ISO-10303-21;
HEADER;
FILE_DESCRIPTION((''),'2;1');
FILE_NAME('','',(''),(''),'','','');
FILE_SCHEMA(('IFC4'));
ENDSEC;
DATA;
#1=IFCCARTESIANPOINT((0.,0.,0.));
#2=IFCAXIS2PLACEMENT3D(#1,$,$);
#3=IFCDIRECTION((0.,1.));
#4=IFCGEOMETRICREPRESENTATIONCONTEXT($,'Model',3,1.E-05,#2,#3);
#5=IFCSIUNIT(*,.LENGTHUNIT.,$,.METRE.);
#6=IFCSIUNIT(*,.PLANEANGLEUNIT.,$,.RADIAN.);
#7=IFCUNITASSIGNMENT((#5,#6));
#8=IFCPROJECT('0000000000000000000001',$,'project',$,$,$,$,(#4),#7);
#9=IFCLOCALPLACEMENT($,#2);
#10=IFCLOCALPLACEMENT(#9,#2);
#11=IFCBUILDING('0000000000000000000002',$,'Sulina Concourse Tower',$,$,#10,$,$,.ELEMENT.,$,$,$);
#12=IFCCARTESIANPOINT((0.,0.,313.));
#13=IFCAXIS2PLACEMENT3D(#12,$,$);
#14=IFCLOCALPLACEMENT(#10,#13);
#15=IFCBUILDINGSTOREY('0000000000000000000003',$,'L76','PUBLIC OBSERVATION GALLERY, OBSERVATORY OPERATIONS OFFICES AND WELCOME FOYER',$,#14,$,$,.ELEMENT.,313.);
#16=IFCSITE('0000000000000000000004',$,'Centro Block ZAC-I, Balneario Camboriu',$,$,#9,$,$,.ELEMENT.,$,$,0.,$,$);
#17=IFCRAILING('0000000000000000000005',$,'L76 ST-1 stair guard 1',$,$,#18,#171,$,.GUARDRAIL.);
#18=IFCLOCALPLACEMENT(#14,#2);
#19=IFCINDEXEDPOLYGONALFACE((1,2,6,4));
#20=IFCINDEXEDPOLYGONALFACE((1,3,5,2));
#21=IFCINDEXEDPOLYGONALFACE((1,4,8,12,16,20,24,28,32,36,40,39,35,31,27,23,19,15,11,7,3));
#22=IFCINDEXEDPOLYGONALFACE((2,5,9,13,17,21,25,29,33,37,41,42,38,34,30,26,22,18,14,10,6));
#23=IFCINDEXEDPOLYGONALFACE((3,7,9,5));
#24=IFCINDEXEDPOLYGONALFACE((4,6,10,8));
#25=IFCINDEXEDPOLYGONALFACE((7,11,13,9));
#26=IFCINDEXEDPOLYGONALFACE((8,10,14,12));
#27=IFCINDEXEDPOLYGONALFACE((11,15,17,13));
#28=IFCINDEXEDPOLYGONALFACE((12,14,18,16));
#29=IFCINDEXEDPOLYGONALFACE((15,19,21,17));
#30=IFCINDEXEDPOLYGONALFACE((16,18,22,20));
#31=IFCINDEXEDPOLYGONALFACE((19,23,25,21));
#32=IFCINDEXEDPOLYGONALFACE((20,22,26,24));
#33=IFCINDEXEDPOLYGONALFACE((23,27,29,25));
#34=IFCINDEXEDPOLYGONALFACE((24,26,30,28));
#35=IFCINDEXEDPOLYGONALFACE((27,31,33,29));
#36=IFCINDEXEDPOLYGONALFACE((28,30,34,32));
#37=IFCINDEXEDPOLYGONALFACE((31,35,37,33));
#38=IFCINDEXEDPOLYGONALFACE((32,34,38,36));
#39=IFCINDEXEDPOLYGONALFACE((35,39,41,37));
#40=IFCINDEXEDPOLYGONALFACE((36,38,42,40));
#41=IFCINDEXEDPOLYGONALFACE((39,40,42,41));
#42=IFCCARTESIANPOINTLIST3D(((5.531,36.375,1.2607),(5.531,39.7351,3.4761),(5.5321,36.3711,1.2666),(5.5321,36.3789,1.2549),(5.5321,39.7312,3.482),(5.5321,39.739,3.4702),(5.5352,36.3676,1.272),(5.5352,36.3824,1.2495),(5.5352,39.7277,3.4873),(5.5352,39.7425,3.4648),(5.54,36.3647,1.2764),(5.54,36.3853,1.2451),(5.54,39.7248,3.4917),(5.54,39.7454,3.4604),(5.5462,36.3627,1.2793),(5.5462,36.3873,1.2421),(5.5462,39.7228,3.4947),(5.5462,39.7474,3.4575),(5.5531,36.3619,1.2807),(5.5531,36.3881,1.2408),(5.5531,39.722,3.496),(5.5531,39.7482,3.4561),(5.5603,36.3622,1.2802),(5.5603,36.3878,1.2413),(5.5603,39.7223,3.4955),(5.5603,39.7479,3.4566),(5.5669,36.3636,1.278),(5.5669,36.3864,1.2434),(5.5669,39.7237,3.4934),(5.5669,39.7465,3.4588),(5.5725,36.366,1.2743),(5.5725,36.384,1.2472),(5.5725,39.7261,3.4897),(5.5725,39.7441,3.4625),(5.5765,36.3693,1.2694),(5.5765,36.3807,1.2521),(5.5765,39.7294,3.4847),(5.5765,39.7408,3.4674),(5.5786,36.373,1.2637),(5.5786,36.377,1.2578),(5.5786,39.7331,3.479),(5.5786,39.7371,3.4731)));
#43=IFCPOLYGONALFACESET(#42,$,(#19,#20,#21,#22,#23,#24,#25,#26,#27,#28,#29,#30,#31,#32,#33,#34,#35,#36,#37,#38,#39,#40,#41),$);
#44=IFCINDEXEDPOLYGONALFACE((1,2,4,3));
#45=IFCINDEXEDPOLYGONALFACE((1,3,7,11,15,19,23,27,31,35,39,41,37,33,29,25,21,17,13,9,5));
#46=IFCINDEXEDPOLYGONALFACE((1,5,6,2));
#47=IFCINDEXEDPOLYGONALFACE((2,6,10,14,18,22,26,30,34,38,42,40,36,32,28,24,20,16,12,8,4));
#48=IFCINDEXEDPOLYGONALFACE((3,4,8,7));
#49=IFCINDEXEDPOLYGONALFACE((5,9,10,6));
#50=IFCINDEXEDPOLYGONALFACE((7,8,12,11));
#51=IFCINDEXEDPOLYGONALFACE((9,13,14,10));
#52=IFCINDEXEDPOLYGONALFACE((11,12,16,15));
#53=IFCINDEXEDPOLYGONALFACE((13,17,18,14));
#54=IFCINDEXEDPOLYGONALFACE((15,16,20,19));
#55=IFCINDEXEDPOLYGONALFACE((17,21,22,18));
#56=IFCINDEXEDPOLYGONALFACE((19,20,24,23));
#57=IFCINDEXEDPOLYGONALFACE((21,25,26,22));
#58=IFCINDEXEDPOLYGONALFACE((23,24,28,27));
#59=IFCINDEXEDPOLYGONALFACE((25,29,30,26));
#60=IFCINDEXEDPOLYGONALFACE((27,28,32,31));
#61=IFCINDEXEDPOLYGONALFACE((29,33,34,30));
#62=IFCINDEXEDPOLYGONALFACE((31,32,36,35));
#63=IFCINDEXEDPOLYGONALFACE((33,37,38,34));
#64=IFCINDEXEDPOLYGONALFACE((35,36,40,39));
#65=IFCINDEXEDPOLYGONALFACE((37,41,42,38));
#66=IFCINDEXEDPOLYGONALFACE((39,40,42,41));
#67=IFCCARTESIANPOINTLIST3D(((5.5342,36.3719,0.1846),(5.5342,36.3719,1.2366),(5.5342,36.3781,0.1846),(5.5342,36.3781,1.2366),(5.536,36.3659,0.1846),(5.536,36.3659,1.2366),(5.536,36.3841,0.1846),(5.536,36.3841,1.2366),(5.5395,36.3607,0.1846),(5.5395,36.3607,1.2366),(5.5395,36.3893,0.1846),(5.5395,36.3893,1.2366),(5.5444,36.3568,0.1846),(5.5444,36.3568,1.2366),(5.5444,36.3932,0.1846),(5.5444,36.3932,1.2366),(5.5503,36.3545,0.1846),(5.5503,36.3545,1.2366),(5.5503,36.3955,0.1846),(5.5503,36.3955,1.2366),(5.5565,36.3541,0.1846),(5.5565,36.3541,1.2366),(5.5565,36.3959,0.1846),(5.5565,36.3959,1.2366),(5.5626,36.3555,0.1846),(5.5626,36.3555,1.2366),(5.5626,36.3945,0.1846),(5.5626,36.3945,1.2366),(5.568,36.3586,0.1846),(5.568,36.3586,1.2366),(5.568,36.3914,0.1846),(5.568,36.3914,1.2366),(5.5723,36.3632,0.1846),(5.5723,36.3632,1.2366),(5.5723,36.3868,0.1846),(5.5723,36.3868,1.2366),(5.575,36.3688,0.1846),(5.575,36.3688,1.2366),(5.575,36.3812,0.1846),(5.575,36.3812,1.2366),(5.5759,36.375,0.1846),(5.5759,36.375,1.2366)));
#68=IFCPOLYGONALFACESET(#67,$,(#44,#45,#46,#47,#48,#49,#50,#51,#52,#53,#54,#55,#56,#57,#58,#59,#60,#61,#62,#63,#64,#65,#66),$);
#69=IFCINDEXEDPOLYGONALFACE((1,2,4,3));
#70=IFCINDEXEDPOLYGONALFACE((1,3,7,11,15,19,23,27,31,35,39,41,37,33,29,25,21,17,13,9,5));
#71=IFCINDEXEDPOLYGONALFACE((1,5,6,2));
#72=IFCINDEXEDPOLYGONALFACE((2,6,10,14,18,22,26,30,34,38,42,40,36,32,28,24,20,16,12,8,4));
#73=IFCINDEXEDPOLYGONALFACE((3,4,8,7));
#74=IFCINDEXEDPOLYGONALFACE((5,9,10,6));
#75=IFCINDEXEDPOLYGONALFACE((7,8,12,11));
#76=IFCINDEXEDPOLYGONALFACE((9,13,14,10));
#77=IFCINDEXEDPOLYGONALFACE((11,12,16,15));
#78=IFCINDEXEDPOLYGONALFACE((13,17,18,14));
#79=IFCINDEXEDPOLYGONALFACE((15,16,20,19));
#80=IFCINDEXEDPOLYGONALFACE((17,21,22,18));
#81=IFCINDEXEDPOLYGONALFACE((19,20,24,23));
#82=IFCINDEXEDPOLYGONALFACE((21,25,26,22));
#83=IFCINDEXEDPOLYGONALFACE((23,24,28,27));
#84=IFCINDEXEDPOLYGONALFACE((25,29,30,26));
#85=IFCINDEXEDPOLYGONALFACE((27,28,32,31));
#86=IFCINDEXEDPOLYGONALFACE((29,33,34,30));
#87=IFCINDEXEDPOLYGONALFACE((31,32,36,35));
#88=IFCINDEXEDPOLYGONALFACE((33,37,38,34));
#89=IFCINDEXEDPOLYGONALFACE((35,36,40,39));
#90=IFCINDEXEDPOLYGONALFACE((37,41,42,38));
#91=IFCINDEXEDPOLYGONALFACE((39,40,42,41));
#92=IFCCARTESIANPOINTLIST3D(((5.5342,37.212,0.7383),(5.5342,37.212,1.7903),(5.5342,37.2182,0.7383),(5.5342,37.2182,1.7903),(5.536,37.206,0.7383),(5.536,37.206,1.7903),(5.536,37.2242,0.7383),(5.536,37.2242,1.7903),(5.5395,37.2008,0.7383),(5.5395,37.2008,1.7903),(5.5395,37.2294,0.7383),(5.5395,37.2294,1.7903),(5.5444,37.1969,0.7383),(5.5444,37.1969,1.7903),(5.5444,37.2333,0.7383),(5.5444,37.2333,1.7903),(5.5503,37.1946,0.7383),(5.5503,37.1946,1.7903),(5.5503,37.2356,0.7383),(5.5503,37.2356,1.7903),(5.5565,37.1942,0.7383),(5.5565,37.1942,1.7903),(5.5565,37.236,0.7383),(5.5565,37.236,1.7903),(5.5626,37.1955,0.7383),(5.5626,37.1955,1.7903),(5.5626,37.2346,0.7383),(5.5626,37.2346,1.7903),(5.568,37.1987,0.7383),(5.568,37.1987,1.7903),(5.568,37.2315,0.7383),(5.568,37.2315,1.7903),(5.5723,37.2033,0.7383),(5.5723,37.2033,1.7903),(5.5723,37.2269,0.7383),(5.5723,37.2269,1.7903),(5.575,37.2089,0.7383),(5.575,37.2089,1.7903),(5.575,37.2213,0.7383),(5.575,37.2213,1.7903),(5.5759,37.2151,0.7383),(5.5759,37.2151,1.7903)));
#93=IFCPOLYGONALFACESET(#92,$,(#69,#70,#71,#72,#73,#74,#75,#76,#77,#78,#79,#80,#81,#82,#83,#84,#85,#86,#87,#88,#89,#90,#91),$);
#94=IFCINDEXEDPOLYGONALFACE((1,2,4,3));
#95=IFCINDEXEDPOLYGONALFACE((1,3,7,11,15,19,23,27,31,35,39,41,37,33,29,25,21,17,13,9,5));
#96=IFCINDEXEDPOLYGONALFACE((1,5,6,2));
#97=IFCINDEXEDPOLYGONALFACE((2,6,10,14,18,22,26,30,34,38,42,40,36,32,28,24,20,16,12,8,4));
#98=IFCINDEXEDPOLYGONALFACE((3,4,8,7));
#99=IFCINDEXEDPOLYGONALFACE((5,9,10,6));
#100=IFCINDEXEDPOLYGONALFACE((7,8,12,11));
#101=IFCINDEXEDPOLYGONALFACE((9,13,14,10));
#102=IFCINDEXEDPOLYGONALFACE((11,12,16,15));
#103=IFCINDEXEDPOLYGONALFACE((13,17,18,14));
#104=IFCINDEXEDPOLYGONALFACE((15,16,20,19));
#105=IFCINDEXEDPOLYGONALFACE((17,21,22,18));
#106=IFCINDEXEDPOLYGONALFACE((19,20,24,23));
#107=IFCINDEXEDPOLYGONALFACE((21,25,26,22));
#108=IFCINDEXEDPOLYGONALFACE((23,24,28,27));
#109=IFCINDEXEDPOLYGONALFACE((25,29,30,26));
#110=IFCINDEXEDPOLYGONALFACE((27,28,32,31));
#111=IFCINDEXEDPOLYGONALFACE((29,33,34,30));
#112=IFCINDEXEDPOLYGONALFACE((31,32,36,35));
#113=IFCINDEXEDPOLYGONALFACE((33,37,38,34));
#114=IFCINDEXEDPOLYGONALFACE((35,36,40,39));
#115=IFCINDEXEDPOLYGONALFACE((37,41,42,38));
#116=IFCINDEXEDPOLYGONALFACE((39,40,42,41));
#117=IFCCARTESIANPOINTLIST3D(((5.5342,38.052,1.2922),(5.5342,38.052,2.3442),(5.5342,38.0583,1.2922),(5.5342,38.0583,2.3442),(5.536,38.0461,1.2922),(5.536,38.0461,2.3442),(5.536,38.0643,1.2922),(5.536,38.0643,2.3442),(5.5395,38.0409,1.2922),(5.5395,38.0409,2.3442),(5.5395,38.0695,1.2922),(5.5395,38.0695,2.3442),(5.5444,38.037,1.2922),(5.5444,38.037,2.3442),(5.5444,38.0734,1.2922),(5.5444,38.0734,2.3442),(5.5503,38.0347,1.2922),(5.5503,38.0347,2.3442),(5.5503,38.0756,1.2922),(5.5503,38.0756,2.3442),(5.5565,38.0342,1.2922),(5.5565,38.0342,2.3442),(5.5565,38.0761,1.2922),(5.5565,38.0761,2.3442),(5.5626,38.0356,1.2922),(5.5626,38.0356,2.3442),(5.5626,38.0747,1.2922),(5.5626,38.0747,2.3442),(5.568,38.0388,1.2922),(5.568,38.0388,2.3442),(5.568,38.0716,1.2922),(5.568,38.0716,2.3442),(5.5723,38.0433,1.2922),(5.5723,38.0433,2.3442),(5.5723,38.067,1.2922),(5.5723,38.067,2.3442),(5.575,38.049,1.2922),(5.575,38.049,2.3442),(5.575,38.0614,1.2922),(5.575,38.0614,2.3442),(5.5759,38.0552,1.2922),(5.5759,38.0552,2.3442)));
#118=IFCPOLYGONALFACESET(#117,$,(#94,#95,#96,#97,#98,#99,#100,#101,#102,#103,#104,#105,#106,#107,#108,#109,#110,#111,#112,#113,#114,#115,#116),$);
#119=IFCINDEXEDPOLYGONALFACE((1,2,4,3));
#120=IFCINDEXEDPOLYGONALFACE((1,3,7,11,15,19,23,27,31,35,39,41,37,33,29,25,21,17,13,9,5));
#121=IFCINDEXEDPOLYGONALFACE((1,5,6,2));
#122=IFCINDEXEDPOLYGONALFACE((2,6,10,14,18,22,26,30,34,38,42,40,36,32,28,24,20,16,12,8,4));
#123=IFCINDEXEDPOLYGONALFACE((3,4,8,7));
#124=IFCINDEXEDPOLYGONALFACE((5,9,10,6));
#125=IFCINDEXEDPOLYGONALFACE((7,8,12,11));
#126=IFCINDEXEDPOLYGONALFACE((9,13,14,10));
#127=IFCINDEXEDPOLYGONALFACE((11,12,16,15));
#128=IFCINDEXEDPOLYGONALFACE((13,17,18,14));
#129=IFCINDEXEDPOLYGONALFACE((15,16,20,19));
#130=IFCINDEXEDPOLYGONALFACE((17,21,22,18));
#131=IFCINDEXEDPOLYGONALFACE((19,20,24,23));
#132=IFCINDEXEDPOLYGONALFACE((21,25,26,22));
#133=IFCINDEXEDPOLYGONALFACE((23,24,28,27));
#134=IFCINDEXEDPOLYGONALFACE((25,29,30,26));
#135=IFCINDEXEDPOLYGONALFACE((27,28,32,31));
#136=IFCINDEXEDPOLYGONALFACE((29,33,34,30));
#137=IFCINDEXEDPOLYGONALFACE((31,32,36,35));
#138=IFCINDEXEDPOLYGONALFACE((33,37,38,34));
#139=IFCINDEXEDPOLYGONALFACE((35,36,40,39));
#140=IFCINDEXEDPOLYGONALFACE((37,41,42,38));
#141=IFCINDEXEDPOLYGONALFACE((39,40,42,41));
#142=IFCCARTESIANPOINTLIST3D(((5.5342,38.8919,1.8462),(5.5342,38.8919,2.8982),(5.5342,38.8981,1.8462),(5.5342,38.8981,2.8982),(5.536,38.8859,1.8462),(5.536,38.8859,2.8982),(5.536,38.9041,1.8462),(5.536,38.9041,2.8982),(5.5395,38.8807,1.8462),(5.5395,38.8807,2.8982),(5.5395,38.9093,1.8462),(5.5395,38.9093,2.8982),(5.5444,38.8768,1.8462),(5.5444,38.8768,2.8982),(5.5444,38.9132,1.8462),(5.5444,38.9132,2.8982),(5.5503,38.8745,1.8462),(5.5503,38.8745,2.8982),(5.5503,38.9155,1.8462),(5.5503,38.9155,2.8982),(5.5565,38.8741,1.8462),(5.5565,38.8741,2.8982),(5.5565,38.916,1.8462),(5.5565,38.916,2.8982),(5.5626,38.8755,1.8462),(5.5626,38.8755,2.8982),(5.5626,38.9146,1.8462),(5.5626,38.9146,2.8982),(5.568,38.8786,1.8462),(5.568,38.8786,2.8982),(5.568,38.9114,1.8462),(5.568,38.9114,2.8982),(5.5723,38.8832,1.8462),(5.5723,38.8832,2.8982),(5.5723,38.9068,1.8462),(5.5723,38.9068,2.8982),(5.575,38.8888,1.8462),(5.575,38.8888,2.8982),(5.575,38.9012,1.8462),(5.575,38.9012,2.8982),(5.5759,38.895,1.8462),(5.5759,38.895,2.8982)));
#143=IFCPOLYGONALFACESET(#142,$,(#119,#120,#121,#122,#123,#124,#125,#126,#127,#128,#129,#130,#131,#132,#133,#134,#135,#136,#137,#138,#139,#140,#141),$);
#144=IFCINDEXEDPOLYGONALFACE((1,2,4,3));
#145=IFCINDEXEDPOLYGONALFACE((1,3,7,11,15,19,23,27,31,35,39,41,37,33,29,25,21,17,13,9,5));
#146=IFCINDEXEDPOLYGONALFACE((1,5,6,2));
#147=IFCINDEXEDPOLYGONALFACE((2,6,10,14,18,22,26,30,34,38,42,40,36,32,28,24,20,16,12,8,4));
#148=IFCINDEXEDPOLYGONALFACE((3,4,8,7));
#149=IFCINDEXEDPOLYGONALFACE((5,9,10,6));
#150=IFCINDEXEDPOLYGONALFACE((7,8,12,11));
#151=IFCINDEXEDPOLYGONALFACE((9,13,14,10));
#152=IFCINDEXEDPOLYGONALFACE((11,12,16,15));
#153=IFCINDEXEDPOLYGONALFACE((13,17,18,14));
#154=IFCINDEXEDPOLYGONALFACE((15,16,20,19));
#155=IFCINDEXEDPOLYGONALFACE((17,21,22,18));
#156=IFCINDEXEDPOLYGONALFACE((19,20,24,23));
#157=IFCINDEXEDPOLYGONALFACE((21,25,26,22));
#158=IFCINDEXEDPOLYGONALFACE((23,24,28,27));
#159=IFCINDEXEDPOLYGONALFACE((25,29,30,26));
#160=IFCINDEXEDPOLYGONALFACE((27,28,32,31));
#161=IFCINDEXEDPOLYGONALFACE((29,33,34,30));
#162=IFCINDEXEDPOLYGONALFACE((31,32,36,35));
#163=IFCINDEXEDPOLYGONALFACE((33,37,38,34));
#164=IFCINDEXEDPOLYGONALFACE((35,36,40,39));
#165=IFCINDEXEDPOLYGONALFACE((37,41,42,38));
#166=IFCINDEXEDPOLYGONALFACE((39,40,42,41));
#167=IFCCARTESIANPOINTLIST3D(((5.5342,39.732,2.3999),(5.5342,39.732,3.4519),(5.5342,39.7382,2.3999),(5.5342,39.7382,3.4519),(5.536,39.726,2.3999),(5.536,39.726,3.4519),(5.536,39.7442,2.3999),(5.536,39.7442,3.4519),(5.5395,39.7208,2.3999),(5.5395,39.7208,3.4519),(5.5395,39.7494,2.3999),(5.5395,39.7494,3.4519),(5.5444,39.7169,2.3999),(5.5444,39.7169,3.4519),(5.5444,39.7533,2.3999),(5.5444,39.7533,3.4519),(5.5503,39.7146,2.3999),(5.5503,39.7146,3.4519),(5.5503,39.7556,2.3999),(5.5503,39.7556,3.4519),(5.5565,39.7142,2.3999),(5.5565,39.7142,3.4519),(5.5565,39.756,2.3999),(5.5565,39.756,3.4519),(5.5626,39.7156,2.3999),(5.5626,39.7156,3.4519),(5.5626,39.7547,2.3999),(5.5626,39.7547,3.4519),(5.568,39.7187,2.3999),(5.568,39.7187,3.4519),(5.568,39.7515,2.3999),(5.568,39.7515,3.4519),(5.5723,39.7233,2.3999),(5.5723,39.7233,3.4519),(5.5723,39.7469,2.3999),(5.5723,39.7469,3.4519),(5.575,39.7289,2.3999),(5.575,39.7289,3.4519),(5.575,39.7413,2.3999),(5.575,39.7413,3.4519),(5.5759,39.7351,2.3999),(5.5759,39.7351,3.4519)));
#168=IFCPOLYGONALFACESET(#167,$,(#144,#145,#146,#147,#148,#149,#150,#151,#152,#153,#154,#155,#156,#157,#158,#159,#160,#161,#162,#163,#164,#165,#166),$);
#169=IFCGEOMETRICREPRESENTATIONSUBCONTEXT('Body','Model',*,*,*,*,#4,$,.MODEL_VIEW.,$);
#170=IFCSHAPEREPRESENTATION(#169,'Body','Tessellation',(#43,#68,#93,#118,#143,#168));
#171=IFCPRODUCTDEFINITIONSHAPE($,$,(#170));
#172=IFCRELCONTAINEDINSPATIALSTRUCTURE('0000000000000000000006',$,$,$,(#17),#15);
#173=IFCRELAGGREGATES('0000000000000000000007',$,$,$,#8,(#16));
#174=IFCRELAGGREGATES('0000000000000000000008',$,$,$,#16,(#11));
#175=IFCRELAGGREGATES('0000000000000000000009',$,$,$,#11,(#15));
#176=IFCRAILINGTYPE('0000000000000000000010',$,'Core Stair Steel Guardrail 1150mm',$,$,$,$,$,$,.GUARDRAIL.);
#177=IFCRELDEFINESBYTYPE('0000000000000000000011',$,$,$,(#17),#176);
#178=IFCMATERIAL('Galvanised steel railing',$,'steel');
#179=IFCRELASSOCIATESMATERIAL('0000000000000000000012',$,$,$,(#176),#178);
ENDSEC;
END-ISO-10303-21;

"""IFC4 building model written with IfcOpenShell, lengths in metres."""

from ifc_helpers import new_model, si_unit, direction, frame, origin, origin_2d, place, context, subcontext, project, spatial, circle, extrude, material, type_object, element, save


model = new_model("IFC4")

# Units and contexts
model_context = context("Model", 3, precision=1e-05, world=origin(), true_north=direction((0.0, 1.0)))
body_context = subcontext(model_context, "Body", "Model", "MODEL_VIEW")
ifc_project = project(units=[si_unit("LENGTHUNIT", "METRE"), si_unit("PLANEANGLEUNIT", "RADIAN")], contexts=[model_context])

# Site, building, storey
site_placement = place(None, origin())
site = spatial("IfcSite", under=ifc_project, at=site_placement, Name="Centro Block ZAC-I, Balneario Camboriu", CompositionType="ELEMENT", RefElevation=0.0)
building_placement = place(site_placement, origin())
building = spatial("IfcBuilding", under=site, at=building_placement, Name="Sulina Concourse Tower", CompositionType="ELEMENT")
storey_placement = place(building_placement, frame((0.0, 0.0, 313.0)))
storey = spatial("IfcBuildingStorey", under=building, at=storey_placement, Name="L76", Description="PUBLIC OBSERVATION GALLERY, OBSERVATORY OPERATIONS OFFICES AND WELCOME FOYER", CompositionType="ELEMENT", Elevation=313.0)

# Railing
ifc_material_1 = material(Name="Galvanised steel railing", Category="steel")
railing_type_1 = type_object("IfcRailingType", Name="Core Stair Steel Guardrail 1150mm", PredefinedType="GUARDRAIL", material=ifc_material_1)
railing_1_placement = place(storey_placement, frame((5.5549, 36.375, 0.1846)))
element("IfcRailing", 1, at=railing_1_placement, inside=storey, type_object=railing_type_1, Name="L76 ST-1 stair guard 1", PredefinedType="GUARDRAIL", context=body_context, shape_type="SweptSolid", body=[
    extrude(circle(Radius=0.0239, at=origin_2d()), frame((0.0, 0.0, 1.0762), z_axis=(0.0, 0.834876, 0.550437), x_axis=(-1.0, 0.0, 0.0)), (0.0, 0.0, 1.0), 4.0247),
    extrude(circle(Radius=0.021, at=origin_2d()), origin(), (0.0, 0.0, 1.0), 1.052),
    extrude(circle(Radius=0.021, at=origin_2d()), frame((0.0, 0.8401, 0.5537)), (0.0, 0.0, 1.0), 1.052),
    extrude(circle(Radius=0.021, at=origin_2d()), frame((0.0, 1.6802, 1.1077)), (0.0, 0.0, 1.0), 1.052),
    extrude(circle(Radius=0.021, at=origin_2d()), frame((0.0, 2.52, 1.6616)), (0.0, 0.0, 1.0), 1.052),
    extrude(circle(Radius=0.021, at=origin_2d()), frame((0.0, 3.3601, 2.2153)), (0.0, 0.0, 1.0), 1.052),
])

save(model, "model.ifc")
